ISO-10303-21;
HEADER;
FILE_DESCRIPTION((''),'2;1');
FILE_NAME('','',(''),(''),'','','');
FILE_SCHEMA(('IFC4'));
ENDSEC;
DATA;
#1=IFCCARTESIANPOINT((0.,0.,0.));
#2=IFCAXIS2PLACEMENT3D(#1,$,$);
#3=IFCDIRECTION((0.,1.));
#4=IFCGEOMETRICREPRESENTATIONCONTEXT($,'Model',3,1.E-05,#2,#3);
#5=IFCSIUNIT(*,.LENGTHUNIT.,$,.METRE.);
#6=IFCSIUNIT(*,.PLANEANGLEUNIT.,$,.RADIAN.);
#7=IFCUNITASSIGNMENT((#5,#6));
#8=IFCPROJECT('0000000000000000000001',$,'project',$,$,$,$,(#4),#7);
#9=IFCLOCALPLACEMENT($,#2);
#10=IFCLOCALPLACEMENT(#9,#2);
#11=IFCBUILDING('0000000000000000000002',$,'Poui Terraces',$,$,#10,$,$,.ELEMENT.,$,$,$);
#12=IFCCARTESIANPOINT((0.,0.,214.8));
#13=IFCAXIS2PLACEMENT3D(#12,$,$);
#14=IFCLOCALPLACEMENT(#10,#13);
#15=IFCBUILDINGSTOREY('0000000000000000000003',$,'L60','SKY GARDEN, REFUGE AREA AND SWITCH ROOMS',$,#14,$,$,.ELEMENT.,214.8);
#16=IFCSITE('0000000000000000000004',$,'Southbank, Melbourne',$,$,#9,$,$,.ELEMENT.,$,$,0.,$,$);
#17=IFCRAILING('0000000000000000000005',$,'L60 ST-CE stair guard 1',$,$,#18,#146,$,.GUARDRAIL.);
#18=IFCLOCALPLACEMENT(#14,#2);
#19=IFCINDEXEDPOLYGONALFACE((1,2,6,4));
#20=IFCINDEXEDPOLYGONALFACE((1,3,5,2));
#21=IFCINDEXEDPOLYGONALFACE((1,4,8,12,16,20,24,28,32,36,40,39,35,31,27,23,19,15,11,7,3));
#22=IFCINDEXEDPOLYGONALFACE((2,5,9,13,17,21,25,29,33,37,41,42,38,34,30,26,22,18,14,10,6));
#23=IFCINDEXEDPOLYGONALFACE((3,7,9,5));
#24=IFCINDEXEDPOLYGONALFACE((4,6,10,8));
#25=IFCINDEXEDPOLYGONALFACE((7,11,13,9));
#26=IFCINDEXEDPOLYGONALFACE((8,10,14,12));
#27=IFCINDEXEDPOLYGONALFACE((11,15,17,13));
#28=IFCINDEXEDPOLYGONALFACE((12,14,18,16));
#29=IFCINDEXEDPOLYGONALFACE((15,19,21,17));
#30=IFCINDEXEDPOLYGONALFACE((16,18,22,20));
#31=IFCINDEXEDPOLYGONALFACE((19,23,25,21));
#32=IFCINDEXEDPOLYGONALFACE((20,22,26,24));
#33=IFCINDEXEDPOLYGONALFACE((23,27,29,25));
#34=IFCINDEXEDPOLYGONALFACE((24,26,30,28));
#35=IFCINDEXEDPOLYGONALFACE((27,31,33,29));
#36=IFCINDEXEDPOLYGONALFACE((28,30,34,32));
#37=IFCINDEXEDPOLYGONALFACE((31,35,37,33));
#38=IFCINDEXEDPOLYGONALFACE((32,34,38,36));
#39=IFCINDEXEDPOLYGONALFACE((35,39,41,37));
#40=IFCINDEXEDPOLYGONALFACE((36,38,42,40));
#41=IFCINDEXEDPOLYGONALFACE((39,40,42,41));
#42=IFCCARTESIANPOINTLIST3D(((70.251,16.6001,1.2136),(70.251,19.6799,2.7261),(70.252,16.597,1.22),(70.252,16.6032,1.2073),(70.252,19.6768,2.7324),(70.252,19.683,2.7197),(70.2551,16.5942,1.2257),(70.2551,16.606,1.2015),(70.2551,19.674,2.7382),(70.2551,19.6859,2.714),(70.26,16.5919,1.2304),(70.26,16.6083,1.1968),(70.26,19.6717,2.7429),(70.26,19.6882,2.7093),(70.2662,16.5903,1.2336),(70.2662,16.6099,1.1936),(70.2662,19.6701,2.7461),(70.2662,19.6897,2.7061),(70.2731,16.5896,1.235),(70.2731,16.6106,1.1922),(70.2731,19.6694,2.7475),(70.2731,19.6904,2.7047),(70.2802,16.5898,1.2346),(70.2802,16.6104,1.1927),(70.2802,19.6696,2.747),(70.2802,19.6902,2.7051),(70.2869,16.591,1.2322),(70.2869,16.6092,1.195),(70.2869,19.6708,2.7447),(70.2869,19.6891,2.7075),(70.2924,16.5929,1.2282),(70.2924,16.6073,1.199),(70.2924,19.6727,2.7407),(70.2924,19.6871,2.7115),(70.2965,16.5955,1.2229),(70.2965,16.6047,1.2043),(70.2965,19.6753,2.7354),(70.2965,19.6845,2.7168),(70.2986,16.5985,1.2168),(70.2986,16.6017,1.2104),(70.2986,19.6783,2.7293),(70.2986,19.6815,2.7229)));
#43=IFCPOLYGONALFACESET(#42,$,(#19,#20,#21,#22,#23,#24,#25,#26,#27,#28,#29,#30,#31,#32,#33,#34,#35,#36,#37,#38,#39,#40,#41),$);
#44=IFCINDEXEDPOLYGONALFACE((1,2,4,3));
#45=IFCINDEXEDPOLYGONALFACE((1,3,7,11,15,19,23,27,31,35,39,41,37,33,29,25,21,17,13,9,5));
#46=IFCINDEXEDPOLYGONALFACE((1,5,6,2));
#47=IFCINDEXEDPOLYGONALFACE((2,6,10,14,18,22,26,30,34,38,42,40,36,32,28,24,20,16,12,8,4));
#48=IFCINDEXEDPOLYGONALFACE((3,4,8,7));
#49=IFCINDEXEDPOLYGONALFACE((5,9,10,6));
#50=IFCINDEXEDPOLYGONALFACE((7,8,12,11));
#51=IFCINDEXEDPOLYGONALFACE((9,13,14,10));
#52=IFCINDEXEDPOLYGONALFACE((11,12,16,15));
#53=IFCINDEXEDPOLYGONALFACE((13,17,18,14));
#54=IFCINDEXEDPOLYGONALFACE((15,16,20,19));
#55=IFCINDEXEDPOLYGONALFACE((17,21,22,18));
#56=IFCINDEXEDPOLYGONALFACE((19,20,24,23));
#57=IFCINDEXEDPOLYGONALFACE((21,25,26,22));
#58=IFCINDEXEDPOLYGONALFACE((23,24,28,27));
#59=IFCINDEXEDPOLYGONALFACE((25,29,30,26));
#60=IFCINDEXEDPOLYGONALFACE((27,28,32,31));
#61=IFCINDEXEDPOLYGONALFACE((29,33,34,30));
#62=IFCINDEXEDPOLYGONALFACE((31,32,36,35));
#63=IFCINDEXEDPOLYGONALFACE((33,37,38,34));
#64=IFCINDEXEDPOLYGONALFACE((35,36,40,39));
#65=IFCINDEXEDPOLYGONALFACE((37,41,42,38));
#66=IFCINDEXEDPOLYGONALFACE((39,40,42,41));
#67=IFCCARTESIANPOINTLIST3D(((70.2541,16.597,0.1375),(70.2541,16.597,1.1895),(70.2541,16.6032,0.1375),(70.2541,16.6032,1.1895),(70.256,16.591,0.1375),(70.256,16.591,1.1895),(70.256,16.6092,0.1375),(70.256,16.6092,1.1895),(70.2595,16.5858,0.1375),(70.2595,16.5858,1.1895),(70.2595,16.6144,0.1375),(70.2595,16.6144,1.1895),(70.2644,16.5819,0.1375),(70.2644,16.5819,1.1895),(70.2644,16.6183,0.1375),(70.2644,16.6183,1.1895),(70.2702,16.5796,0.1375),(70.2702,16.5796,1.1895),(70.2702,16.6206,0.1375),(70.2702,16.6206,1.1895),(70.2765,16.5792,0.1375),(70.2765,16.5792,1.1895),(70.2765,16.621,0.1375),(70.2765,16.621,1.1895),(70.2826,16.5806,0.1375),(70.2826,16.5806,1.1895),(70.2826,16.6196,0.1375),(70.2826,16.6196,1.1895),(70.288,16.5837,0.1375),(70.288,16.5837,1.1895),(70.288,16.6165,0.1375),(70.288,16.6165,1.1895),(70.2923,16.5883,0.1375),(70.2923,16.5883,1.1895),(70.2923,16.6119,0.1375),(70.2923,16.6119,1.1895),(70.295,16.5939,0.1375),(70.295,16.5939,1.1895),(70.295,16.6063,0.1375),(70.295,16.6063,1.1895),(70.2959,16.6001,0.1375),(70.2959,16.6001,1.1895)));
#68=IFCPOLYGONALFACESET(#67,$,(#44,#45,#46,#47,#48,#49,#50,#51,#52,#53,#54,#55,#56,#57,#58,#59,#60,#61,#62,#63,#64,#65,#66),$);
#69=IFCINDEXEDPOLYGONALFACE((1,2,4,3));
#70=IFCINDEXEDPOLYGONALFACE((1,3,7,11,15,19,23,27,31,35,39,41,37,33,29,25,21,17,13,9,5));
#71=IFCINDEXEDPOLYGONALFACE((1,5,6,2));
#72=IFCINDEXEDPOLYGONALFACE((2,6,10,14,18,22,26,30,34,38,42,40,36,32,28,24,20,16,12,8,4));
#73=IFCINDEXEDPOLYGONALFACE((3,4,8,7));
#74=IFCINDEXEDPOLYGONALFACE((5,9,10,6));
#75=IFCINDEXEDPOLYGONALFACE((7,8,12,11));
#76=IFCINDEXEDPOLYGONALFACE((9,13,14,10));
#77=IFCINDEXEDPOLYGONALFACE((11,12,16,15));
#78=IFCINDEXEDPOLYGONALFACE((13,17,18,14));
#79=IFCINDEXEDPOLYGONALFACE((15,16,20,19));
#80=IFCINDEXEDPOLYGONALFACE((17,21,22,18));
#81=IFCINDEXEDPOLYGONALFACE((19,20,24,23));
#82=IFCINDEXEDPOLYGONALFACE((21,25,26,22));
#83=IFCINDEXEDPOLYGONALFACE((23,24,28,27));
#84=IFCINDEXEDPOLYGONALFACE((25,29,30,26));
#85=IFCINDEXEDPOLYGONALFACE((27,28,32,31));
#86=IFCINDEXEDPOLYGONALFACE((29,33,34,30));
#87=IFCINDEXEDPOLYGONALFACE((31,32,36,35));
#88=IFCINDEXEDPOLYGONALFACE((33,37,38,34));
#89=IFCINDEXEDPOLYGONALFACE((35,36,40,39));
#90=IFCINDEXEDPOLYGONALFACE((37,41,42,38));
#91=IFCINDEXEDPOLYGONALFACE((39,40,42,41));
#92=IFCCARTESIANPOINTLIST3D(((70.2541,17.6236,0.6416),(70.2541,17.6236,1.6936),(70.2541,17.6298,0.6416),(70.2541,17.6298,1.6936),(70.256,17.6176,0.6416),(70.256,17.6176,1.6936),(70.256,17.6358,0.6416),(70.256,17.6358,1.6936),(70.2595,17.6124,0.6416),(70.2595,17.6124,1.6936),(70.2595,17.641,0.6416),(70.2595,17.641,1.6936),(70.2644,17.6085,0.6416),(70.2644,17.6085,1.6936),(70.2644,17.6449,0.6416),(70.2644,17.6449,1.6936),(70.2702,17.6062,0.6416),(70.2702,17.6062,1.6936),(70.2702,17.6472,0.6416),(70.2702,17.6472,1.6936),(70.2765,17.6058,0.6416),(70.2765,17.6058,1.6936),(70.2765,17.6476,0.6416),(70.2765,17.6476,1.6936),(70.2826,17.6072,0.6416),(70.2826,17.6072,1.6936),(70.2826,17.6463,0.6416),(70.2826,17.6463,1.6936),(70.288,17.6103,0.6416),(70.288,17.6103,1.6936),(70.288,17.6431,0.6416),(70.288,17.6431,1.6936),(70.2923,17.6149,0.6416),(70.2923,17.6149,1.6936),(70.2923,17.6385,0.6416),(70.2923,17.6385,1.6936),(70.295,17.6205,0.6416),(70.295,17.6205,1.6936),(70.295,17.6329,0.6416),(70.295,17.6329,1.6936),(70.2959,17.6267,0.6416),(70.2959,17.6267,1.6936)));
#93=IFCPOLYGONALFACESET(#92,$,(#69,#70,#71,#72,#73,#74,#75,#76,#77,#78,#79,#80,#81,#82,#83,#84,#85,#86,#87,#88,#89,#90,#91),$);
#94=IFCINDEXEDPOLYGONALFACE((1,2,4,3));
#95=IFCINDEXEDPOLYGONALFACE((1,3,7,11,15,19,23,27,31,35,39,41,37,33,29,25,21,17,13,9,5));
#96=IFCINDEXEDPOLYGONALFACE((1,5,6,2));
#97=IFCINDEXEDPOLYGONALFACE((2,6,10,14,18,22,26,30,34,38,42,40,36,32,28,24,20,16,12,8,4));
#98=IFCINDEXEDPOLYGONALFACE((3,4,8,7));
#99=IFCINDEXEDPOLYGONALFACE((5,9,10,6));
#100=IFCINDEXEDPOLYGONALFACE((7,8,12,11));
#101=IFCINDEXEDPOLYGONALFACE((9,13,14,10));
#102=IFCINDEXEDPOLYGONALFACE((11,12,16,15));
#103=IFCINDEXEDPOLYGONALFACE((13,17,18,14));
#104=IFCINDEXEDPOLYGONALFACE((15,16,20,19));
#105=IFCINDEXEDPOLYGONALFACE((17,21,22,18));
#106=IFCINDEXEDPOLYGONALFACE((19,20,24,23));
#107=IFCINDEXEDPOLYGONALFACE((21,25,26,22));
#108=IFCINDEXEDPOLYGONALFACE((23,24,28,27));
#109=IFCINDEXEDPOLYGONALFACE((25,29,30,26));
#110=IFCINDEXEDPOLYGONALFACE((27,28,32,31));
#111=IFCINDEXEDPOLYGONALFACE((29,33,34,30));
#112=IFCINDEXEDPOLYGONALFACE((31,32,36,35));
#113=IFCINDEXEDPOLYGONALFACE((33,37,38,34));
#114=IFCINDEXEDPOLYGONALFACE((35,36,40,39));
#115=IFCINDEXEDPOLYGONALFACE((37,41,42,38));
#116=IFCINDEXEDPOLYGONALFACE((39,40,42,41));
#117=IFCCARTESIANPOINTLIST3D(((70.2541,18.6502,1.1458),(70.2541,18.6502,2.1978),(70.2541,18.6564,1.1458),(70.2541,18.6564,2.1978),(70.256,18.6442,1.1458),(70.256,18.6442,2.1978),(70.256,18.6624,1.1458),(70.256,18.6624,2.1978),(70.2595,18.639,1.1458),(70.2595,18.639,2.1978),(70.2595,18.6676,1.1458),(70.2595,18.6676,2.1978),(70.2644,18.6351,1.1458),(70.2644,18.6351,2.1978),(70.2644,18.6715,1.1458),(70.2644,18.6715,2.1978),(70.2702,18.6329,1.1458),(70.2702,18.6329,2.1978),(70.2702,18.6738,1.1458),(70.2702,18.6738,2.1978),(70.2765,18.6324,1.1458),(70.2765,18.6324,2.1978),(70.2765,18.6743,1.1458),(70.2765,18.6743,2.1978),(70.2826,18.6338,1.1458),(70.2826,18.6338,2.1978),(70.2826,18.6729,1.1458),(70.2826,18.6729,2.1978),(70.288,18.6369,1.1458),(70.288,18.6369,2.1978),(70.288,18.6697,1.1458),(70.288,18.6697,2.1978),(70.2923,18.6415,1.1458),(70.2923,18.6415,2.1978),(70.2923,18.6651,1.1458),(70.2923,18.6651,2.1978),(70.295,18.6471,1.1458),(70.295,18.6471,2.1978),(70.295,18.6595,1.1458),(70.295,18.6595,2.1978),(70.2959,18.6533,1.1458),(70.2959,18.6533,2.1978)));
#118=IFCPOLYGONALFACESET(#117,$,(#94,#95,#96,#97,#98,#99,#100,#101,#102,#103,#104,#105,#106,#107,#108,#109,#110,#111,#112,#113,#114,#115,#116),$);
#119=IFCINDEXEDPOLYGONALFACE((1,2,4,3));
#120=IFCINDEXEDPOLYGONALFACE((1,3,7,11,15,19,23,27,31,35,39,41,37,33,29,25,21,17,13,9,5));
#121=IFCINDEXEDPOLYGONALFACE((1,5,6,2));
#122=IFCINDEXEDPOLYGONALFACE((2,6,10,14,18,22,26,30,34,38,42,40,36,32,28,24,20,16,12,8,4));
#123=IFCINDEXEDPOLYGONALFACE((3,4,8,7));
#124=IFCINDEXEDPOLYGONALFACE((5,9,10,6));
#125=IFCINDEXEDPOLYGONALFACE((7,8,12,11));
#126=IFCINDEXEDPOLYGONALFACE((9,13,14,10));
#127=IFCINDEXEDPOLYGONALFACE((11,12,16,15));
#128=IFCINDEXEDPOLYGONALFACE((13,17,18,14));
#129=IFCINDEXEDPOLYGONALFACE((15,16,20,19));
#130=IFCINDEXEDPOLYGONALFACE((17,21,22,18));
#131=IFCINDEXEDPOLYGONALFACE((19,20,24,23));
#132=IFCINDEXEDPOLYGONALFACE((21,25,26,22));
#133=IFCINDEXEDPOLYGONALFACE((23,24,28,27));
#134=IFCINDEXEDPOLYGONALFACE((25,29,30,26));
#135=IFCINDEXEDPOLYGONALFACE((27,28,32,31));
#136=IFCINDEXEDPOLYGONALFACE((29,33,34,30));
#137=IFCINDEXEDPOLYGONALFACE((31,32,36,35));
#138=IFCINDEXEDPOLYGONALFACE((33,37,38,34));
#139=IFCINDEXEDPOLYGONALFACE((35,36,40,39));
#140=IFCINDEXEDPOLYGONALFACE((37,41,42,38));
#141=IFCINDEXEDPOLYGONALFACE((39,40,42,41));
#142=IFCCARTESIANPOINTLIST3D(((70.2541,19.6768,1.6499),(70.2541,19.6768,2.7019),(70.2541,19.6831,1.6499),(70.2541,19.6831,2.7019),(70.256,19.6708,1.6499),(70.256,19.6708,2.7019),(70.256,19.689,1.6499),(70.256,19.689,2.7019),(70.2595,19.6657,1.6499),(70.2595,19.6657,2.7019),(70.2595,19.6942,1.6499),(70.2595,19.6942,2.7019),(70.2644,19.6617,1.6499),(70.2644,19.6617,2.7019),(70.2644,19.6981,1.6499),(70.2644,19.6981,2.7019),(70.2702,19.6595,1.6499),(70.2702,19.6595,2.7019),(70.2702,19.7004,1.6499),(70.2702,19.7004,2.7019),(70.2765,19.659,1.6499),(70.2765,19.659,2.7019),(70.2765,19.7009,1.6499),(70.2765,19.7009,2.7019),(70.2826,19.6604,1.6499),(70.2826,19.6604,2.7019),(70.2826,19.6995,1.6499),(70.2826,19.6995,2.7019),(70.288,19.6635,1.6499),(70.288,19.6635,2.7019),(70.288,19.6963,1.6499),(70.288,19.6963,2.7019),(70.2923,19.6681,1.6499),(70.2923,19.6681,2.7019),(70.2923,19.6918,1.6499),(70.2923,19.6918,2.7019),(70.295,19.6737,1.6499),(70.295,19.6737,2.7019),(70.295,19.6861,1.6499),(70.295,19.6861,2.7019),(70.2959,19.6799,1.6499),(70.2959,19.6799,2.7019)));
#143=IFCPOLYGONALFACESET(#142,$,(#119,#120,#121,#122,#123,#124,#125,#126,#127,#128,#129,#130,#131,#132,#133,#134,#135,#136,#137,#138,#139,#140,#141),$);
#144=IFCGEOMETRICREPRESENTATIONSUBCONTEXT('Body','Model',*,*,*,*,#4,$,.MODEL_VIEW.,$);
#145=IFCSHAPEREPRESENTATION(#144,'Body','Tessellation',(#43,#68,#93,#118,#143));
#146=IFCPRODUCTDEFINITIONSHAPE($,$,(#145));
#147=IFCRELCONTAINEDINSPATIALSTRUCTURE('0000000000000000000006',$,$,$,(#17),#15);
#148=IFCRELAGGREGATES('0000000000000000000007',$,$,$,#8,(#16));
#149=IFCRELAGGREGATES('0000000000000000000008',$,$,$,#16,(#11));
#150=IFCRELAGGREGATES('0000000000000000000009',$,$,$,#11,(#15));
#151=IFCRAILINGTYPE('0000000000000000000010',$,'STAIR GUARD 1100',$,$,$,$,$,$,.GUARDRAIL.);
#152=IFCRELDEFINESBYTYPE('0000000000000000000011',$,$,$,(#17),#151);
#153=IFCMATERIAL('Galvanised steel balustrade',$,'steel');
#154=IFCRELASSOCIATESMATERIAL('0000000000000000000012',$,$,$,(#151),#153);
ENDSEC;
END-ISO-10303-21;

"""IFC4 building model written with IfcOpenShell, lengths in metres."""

from ifc_helpers import new_model, si_unit, direction, frame, origin, origin_2d, place, context, subcontext, project, spatial, circle, extrude, material, type_object, element, save


model = new_model("IFC4")

# Units and contexts
model_context = context("Model", 3, precision=1e-05, world=origin(), true_north=direction((0.0, 1.0)))
body_context = subcontext(model_context, "Body", "Model", "MODEL_VIEW")
ifc_project = project(units=[si_unit("LENGTHUNIT", "METRE"), si_unit("PLANEANGLEUNIT", "RADIAN")], contexts=[model_context])

# Site, building, storey
site_placement = place(None, origin())
site = spatial("IfcSite", under=ifc_project, at=site_placement, Name="Southbank, Melbourne", CompositionType="ELEMENT", RefElevation=0.0)
building_placement = place(site_placement, origin())
building = spatial("IfcBuilding", under=site, at=building_placement, Name="Poui Terraces", CompositionType="ELEMENT")
storey_placement = place(building_placement, frame((0.0, 0.0, 214.8)))
storey = spatial("IfcBuildingStorey", under=building, at=storey_placement, Name="L60", Description="SKY GARDEN, REFUGE AREA AND SWITCH ROOMS", CompositionType="ELEMENT", Elevation=214.8)

# Railing
ifc_material_1 = material(Name="Galvanised steel balustrade", Category="steel")
railing_type_1 = type_object("IfcRailingType", Name="STAIR GUARD 1100", PredefinedType="GUARDRAIL", material=ifc_material_1)
railing_1_placement = place(storey_placement, frame((70.2749, 16.6001, 0.1375)))
element("IfcRailing", 1, at=railing_1_placement, inside=storey, type_object=railing_type_1, Name="L60 ST-CE stair guard 1", PredefinedType="GUARDRAIL", context=body_context, shape_type="SweptSolid", body=[
    extrude(circle(Radius=0.0239, at=origin_2d()), frame((0.0, 0.0, 1.0762), z_axis=(0.0, 0.897606, 0.440798), x_axis=(-1.0, 0.0, 0.0)), (0.0, 0.0, 1.0), 3.4312),
    extrude(circle(Radius=0.021, at=origin_2d()), origin(), (0.0, 0.0, 1.0), 1.052),
    extrude(circle(Radius=0.021, at=origin_2d()), frame((0.0, 1.0266, 0.5042)), (0.0, 0.0, 1.0), 1.052),
    extrude(circle(Radius=0.021, at=origin_2d()), frame((0.0, 2.0532, 1.0083)), (0.0, 0.0, 1.0), 1.052),
    extrude(circle(Radius=0.021, at=origin_2d()), frame((0.0, 3.0798, 1.5125)), (0.0, 0.0, 1.0), 1.052),
])

save(model, "model.ifc")
